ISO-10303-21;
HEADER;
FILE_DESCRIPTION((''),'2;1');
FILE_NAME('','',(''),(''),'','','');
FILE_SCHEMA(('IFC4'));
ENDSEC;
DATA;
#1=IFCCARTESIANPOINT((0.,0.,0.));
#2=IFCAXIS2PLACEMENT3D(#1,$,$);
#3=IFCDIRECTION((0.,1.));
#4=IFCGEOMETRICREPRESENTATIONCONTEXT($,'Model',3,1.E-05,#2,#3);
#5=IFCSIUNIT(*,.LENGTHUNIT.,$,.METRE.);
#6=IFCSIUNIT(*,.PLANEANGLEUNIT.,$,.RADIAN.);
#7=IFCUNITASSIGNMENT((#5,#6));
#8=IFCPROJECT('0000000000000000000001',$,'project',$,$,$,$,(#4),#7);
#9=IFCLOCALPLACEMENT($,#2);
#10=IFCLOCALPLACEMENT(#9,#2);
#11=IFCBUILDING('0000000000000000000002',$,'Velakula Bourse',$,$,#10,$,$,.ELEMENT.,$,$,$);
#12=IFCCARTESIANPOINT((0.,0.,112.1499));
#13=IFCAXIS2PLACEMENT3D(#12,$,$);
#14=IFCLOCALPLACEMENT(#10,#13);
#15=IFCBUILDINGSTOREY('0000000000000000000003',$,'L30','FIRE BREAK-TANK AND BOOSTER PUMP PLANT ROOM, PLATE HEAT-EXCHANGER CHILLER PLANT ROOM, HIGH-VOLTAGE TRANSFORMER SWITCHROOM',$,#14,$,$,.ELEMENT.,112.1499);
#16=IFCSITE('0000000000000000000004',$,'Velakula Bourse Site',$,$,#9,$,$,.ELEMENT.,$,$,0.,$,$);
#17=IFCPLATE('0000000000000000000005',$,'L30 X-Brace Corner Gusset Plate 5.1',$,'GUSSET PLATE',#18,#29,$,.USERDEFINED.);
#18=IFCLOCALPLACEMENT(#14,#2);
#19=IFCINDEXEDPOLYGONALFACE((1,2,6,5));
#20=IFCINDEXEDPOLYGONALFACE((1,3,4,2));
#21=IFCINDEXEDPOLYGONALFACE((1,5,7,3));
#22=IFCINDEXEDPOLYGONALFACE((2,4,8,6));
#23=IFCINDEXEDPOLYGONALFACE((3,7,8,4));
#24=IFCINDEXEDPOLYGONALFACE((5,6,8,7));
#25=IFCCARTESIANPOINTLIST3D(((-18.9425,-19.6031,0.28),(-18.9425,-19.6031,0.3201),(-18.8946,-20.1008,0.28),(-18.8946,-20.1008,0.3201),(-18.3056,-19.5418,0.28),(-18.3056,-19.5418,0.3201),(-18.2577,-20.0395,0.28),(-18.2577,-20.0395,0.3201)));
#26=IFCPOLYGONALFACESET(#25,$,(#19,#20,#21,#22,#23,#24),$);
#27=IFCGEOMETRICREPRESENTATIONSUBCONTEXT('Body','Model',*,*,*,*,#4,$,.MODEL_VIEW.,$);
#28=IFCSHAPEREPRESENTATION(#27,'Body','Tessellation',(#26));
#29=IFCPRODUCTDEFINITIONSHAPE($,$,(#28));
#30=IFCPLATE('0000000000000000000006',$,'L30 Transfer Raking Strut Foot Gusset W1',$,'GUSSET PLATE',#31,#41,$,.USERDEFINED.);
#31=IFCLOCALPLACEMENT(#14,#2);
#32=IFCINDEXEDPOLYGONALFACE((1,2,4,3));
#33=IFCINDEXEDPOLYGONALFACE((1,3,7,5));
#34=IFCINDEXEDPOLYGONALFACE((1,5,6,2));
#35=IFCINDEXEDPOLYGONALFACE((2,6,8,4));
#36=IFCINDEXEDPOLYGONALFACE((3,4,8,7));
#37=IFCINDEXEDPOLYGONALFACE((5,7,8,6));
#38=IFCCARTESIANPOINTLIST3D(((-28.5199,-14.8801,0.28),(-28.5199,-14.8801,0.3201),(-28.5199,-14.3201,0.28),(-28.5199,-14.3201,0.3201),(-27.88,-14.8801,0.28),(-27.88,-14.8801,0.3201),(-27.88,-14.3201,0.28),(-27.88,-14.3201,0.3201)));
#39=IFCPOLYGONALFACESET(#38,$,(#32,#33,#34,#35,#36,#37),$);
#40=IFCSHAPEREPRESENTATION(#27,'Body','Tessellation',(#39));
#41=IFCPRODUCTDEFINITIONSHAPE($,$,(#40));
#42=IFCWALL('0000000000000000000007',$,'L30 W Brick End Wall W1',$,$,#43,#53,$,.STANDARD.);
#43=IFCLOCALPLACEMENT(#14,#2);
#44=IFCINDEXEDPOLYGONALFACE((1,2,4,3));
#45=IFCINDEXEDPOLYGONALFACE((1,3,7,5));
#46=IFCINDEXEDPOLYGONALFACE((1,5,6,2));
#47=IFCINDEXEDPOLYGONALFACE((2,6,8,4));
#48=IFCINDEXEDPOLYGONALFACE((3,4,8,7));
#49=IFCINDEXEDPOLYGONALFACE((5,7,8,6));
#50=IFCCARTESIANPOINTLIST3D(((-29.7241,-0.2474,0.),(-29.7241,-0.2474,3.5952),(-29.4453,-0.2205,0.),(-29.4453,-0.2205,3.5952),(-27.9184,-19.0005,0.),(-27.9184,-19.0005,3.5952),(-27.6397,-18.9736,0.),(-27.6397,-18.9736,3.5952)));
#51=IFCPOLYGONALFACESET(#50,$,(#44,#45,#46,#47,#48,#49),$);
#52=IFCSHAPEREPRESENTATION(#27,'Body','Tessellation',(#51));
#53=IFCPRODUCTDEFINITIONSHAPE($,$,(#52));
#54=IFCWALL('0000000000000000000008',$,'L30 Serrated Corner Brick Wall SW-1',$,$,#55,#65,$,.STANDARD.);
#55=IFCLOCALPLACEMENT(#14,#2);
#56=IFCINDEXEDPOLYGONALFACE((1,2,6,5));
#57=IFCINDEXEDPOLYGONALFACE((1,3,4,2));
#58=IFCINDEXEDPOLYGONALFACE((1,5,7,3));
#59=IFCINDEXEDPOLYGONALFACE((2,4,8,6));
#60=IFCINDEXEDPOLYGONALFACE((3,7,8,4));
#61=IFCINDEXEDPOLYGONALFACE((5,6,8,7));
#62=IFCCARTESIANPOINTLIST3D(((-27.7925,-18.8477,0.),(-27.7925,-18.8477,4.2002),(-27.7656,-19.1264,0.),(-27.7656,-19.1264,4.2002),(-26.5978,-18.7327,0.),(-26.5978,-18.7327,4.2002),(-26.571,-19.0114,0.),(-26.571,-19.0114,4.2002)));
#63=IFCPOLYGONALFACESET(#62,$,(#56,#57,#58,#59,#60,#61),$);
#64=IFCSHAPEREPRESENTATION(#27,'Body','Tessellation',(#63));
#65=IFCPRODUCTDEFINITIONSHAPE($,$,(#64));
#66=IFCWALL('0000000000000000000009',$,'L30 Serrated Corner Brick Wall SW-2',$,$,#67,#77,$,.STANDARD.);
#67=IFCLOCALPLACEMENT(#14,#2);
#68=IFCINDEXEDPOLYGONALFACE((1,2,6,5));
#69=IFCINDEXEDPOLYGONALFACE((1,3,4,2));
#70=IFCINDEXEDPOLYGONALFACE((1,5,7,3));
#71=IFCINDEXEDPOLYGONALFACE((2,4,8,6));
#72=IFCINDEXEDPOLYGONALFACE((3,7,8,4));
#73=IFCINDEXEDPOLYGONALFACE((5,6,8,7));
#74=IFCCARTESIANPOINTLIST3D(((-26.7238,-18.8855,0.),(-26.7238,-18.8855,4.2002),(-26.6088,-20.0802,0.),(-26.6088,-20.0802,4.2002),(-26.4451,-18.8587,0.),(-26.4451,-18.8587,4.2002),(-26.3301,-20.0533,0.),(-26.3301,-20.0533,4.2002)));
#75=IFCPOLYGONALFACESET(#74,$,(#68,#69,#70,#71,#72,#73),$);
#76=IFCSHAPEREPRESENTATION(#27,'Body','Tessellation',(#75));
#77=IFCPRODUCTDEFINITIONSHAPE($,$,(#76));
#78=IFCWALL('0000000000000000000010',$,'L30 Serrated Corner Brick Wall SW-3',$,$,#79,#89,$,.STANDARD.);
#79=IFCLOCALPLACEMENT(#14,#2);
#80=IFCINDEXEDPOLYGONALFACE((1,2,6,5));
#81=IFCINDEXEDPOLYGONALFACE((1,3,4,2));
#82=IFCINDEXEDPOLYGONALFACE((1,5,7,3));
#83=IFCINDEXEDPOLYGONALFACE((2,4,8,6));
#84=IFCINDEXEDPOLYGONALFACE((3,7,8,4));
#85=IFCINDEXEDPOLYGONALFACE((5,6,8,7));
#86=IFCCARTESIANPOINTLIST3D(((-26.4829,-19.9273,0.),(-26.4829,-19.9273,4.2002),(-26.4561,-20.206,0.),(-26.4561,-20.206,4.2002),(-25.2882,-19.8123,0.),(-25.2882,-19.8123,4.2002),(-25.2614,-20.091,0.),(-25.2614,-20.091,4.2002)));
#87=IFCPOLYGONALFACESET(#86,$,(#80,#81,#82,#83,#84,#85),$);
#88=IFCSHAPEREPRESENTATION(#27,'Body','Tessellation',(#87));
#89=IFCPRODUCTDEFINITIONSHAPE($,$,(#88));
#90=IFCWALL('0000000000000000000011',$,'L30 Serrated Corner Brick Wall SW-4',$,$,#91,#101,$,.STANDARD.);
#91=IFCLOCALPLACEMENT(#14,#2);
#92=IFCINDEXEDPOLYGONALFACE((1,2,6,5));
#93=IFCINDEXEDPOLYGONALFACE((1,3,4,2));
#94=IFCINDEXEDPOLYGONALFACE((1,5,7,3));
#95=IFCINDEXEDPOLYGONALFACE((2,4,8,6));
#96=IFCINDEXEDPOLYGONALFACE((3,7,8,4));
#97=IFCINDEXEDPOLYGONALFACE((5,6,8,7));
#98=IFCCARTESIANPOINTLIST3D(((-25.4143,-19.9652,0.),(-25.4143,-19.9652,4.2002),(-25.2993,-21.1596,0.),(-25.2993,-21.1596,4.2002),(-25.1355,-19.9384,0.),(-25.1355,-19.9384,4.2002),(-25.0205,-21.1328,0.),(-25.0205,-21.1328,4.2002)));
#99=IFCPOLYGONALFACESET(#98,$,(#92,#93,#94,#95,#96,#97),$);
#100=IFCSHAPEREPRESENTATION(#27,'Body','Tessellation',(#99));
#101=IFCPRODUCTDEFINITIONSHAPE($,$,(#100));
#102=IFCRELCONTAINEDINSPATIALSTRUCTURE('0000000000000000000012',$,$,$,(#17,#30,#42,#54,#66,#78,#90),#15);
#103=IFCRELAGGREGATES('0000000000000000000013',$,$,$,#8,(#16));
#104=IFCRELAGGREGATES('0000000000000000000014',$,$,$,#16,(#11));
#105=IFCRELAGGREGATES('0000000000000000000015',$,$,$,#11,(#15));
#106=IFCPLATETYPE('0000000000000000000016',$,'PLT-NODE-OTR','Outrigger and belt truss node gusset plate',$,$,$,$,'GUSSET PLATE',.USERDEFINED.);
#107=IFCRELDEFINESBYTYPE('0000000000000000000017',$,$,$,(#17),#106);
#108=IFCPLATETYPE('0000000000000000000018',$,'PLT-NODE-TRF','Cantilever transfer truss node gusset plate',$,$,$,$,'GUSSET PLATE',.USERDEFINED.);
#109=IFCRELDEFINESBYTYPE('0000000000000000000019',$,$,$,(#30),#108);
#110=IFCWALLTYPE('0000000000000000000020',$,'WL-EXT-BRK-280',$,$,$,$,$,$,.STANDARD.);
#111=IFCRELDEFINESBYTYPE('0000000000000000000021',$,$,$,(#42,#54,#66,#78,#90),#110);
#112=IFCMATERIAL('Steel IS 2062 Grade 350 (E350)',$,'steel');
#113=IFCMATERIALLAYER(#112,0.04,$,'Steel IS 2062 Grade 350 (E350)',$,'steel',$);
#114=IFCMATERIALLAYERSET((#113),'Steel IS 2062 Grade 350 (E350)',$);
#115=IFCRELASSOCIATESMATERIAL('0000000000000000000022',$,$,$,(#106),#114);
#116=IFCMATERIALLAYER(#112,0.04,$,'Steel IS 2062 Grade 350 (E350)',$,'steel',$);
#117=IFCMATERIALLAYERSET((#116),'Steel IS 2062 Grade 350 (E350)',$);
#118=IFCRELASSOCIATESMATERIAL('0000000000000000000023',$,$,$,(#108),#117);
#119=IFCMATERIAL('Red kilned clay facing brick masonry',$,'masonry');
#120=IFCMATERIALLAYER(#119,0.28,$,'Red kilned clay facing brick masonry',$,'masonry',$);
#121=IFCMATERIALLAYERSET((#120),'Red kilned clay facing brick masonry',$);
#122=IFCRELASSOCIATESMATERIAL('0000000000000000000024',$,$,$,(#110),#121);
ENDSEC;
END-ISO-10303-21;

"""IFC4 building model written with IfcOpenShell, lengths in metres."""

from ifc_helpers import new_model, si_unit, direction, frame, frame_2d, origin, origin_2d, place, context, subcontext, project, spatial, rectangle, extrude, material, layer, layer_set, type_object, element, save


model = new_model("IFC4")

# Units and contexts
model_context = context("Model", 3, precision=1e-05, world=origin(), true_north=direction((0.0, 1.0)))
body_context = subcontext(model_context, "Body", "Model", "MODEL_VIEW")
ifc_project = project(units=[si_unit("LENGTHUNIT", "METRE"), si_unit("PLANEANGLEUNIT", "RADIAN")], contexts=[model_context])

# Site, building, storey
site_placement = place(None, origin())
site = spatial("IfcSite", under=ifc_project, at=site_placement, Name="Velakula Bourse Site", CompositionType="ELEMENT", RefElevation=0.0)
building_placement = place(site_placement, origin())
building = spatial("IfcBuilding", under=site, at=building_placement, Name="Velakula Bourse", CompositionType="ELEMENT")
storey_placement = place(building_placement, frame((0.0, 0.0, 112.1499)))
storey = spatial("IfcBuildingStorey", under=building, at=storey_placement, Name="L30", Description="FIRE BREAK-TANK AND BOOSTER PUMP PLANT ROOM, PLATE HEAT-EXCHANGER CHILLER PLANT ROOM, HIGH-VOLTAGE TRANSFORMER SWITCHROOM", CompositionType="ELEMENT", Elevation=112.1499)

# Shared definitions
ifc_material_1 = material(Name="Steel IS 2062 Grade 350 (E350)", Category="steel")

# Plates
ifc_layer_1 = layer(ifc_material_1, 0.04, Name="Steel IS 2062 Grade 350 (E350)", Category="steel")
ifc_layer_set_1 = layer_set([ifc_layer_1], Name="Steel IS 2062 Grade 350 (E350)")
plate_type_1 = type_object("IfcPlateType", Name="PLT-NODE-OTR", Description="Outrigger and belt truss node gusset plate", ElementType="GUSSET PLATE", PredefinedType="USERDEFINED", material=ifc_layer_set_1)
plate_1_placement = place(storey_placement, frame((-18.6001, -19.8213, 0.28), z_axis=(0.0, 0.0, 1.0), x_axis=(0.995396, 0.095846, 0.0)))
element("IfcPlate", 1, at=plate_1_placement, inside=storey, type_object=plate_type_1, Name="L30 X-Brace Corner Gusset Plate 5.1", ObjectType="GUSSET PLATE", PredefinedType="USERDEFINED", context=body_context, shape_type="SweptSolid", body=[
    extrude(rectangle(XDim=0.6399, YDim=0.5, at=origin_2d()), origin(), (0.0, 0.0, 1.0), 0.04),
])
ifc_layer_2 = layer(ifc_material_1, 0.04, Name="Steel IS 2062 Grade 350 (E350)", Category="steel")
ifc_layer_set_2 = layer_set([ifc_layer_2], Name="Steel IS 2062 Grade 350 (E350)")
plate_type_2 = type_object("IfcPlateType", Name="PLT-NODE-TRF", Description="Cantilever transfer truss node gusset plate", ElementType="GUSSET PLATE", PredefinedType="USERDEFINED", material=ifc_layer_set_2)
plate_2_placement = place(storey_placement, frame((-28.2, -14.6001, 0.28), z_axis=(0.0, 0.0, 1.0), x_axis=(-1.0, 0.0, 0.0)))
element("IfcPlate", 2, at=plate_2_placement, inside=storey, type_object=plate_type_2, Name="L30 Transfer Raking Strut Foot Gusset W1", ObjectType="GUSSET PLATE", PredefinedType="USERDEFINED", context=body_context, shape_type="SweptSolid", body=[
    extrude(rectangle(XDim=0.6399, YDim=0.5601, at=origin_2d()), origin(), (0.0, 0.0, 1.0), 0.04),
])

# Walls
ifc_material_2 = material(Name="Red kilned clay facing brick masonry", Category="masonry")
ifc_layer_3 = layer(ifc_material_2, 0.28, Name="Red kilned clay facing brick masonry", Category="masonry")
ifc_layer_set_3 = layer_set([ifc_layer_3], Name="Red kilned clay facing brick masonry")
wall_type = type_object("IfcWallType", Name="WL-EXT-BRK-280", PredefinedType="STANDARD", material=ifc_layer_set_3)
wall_1_placement = place(storey_placement, frame((-27.7791, -18.9871, 0.0), z_axis=(0.0, 0.0, 1.0), x_axis=(-0.095843, 0.995397, 0.0)))
element("IfcWall", 3, at=wall_1_placement, inside=storey, type_object=wall_type, Name="L30 W Brick End Wall W1", PredefinedType="STANDARD", context=body_context, shape_type="SweptSolid", body=[
    extrude(rectangle(XDim=18.8398, YDim=0.28, at=frame_2d((9.4199, 0.0))), origin(), (0.0, 0.0, 1.0), 3.5952),
])
for number, where, z_axis, x_axis, name in (
    (4, (-27.7791, -18.9871, 0.0), (0.0, 0.0, 1.0), (0.995399, 0.095817, 0.0), "L30 Serrated Corner Brick Wall SW-1"),
    (5, (-26.5845, -18.8721, 0.0), (0.0, 0.0, 1.0), (0.095817, -0.995399, 0.0), "L30 Serrated Corner Brick Wall SW-2"),
    (6, (-26.4695, -20.0667, 0.0), (0.0, 0.0, 1.0), (0.995399, 0.095817, 0.0), "L30 Serrated Corner Brick Wall SW-3"),
):
    element("IfcWall", number, at=place(storey_placement, frame(where, z_axis=z_axis, x_axis=x_axis)), inside=storey, type_object=wall_type, Name=name, PredefinedType="STANDARD", context=body_context, shape_type="SweptSolid", body=[
        extrude(rectangle(XDim=1.2002, YDim=0.28, at=frame_2d((0.6001, 0.0))), origin(), (0.0, 0.0, 1.0), 4.2002),
    ])
wall_2_placement = place(storey_placement, frame((-25.2749, -19.9517, 0.0), z_axis=(0.0, 0.0, 1.0), x_axis=(0.095836, -0.995397, 0.0)))
element("IfcWall", 7, at=wall_2_placement, inside=storey, type_object=wall_type, Name="L30 Serrated Corner Brick Wall SW-4", PredefinedType="STANDARD", context=body_context, shape_type="SweptSolid", body=[
    extrude(rectangle(XDim=1.2, YDim=0.28, at=frame_2d((0.6001, 0.0))), origin(), (0.0, 0.0, 1.0), 4.2002),
])

save(model, "model.ifc")
